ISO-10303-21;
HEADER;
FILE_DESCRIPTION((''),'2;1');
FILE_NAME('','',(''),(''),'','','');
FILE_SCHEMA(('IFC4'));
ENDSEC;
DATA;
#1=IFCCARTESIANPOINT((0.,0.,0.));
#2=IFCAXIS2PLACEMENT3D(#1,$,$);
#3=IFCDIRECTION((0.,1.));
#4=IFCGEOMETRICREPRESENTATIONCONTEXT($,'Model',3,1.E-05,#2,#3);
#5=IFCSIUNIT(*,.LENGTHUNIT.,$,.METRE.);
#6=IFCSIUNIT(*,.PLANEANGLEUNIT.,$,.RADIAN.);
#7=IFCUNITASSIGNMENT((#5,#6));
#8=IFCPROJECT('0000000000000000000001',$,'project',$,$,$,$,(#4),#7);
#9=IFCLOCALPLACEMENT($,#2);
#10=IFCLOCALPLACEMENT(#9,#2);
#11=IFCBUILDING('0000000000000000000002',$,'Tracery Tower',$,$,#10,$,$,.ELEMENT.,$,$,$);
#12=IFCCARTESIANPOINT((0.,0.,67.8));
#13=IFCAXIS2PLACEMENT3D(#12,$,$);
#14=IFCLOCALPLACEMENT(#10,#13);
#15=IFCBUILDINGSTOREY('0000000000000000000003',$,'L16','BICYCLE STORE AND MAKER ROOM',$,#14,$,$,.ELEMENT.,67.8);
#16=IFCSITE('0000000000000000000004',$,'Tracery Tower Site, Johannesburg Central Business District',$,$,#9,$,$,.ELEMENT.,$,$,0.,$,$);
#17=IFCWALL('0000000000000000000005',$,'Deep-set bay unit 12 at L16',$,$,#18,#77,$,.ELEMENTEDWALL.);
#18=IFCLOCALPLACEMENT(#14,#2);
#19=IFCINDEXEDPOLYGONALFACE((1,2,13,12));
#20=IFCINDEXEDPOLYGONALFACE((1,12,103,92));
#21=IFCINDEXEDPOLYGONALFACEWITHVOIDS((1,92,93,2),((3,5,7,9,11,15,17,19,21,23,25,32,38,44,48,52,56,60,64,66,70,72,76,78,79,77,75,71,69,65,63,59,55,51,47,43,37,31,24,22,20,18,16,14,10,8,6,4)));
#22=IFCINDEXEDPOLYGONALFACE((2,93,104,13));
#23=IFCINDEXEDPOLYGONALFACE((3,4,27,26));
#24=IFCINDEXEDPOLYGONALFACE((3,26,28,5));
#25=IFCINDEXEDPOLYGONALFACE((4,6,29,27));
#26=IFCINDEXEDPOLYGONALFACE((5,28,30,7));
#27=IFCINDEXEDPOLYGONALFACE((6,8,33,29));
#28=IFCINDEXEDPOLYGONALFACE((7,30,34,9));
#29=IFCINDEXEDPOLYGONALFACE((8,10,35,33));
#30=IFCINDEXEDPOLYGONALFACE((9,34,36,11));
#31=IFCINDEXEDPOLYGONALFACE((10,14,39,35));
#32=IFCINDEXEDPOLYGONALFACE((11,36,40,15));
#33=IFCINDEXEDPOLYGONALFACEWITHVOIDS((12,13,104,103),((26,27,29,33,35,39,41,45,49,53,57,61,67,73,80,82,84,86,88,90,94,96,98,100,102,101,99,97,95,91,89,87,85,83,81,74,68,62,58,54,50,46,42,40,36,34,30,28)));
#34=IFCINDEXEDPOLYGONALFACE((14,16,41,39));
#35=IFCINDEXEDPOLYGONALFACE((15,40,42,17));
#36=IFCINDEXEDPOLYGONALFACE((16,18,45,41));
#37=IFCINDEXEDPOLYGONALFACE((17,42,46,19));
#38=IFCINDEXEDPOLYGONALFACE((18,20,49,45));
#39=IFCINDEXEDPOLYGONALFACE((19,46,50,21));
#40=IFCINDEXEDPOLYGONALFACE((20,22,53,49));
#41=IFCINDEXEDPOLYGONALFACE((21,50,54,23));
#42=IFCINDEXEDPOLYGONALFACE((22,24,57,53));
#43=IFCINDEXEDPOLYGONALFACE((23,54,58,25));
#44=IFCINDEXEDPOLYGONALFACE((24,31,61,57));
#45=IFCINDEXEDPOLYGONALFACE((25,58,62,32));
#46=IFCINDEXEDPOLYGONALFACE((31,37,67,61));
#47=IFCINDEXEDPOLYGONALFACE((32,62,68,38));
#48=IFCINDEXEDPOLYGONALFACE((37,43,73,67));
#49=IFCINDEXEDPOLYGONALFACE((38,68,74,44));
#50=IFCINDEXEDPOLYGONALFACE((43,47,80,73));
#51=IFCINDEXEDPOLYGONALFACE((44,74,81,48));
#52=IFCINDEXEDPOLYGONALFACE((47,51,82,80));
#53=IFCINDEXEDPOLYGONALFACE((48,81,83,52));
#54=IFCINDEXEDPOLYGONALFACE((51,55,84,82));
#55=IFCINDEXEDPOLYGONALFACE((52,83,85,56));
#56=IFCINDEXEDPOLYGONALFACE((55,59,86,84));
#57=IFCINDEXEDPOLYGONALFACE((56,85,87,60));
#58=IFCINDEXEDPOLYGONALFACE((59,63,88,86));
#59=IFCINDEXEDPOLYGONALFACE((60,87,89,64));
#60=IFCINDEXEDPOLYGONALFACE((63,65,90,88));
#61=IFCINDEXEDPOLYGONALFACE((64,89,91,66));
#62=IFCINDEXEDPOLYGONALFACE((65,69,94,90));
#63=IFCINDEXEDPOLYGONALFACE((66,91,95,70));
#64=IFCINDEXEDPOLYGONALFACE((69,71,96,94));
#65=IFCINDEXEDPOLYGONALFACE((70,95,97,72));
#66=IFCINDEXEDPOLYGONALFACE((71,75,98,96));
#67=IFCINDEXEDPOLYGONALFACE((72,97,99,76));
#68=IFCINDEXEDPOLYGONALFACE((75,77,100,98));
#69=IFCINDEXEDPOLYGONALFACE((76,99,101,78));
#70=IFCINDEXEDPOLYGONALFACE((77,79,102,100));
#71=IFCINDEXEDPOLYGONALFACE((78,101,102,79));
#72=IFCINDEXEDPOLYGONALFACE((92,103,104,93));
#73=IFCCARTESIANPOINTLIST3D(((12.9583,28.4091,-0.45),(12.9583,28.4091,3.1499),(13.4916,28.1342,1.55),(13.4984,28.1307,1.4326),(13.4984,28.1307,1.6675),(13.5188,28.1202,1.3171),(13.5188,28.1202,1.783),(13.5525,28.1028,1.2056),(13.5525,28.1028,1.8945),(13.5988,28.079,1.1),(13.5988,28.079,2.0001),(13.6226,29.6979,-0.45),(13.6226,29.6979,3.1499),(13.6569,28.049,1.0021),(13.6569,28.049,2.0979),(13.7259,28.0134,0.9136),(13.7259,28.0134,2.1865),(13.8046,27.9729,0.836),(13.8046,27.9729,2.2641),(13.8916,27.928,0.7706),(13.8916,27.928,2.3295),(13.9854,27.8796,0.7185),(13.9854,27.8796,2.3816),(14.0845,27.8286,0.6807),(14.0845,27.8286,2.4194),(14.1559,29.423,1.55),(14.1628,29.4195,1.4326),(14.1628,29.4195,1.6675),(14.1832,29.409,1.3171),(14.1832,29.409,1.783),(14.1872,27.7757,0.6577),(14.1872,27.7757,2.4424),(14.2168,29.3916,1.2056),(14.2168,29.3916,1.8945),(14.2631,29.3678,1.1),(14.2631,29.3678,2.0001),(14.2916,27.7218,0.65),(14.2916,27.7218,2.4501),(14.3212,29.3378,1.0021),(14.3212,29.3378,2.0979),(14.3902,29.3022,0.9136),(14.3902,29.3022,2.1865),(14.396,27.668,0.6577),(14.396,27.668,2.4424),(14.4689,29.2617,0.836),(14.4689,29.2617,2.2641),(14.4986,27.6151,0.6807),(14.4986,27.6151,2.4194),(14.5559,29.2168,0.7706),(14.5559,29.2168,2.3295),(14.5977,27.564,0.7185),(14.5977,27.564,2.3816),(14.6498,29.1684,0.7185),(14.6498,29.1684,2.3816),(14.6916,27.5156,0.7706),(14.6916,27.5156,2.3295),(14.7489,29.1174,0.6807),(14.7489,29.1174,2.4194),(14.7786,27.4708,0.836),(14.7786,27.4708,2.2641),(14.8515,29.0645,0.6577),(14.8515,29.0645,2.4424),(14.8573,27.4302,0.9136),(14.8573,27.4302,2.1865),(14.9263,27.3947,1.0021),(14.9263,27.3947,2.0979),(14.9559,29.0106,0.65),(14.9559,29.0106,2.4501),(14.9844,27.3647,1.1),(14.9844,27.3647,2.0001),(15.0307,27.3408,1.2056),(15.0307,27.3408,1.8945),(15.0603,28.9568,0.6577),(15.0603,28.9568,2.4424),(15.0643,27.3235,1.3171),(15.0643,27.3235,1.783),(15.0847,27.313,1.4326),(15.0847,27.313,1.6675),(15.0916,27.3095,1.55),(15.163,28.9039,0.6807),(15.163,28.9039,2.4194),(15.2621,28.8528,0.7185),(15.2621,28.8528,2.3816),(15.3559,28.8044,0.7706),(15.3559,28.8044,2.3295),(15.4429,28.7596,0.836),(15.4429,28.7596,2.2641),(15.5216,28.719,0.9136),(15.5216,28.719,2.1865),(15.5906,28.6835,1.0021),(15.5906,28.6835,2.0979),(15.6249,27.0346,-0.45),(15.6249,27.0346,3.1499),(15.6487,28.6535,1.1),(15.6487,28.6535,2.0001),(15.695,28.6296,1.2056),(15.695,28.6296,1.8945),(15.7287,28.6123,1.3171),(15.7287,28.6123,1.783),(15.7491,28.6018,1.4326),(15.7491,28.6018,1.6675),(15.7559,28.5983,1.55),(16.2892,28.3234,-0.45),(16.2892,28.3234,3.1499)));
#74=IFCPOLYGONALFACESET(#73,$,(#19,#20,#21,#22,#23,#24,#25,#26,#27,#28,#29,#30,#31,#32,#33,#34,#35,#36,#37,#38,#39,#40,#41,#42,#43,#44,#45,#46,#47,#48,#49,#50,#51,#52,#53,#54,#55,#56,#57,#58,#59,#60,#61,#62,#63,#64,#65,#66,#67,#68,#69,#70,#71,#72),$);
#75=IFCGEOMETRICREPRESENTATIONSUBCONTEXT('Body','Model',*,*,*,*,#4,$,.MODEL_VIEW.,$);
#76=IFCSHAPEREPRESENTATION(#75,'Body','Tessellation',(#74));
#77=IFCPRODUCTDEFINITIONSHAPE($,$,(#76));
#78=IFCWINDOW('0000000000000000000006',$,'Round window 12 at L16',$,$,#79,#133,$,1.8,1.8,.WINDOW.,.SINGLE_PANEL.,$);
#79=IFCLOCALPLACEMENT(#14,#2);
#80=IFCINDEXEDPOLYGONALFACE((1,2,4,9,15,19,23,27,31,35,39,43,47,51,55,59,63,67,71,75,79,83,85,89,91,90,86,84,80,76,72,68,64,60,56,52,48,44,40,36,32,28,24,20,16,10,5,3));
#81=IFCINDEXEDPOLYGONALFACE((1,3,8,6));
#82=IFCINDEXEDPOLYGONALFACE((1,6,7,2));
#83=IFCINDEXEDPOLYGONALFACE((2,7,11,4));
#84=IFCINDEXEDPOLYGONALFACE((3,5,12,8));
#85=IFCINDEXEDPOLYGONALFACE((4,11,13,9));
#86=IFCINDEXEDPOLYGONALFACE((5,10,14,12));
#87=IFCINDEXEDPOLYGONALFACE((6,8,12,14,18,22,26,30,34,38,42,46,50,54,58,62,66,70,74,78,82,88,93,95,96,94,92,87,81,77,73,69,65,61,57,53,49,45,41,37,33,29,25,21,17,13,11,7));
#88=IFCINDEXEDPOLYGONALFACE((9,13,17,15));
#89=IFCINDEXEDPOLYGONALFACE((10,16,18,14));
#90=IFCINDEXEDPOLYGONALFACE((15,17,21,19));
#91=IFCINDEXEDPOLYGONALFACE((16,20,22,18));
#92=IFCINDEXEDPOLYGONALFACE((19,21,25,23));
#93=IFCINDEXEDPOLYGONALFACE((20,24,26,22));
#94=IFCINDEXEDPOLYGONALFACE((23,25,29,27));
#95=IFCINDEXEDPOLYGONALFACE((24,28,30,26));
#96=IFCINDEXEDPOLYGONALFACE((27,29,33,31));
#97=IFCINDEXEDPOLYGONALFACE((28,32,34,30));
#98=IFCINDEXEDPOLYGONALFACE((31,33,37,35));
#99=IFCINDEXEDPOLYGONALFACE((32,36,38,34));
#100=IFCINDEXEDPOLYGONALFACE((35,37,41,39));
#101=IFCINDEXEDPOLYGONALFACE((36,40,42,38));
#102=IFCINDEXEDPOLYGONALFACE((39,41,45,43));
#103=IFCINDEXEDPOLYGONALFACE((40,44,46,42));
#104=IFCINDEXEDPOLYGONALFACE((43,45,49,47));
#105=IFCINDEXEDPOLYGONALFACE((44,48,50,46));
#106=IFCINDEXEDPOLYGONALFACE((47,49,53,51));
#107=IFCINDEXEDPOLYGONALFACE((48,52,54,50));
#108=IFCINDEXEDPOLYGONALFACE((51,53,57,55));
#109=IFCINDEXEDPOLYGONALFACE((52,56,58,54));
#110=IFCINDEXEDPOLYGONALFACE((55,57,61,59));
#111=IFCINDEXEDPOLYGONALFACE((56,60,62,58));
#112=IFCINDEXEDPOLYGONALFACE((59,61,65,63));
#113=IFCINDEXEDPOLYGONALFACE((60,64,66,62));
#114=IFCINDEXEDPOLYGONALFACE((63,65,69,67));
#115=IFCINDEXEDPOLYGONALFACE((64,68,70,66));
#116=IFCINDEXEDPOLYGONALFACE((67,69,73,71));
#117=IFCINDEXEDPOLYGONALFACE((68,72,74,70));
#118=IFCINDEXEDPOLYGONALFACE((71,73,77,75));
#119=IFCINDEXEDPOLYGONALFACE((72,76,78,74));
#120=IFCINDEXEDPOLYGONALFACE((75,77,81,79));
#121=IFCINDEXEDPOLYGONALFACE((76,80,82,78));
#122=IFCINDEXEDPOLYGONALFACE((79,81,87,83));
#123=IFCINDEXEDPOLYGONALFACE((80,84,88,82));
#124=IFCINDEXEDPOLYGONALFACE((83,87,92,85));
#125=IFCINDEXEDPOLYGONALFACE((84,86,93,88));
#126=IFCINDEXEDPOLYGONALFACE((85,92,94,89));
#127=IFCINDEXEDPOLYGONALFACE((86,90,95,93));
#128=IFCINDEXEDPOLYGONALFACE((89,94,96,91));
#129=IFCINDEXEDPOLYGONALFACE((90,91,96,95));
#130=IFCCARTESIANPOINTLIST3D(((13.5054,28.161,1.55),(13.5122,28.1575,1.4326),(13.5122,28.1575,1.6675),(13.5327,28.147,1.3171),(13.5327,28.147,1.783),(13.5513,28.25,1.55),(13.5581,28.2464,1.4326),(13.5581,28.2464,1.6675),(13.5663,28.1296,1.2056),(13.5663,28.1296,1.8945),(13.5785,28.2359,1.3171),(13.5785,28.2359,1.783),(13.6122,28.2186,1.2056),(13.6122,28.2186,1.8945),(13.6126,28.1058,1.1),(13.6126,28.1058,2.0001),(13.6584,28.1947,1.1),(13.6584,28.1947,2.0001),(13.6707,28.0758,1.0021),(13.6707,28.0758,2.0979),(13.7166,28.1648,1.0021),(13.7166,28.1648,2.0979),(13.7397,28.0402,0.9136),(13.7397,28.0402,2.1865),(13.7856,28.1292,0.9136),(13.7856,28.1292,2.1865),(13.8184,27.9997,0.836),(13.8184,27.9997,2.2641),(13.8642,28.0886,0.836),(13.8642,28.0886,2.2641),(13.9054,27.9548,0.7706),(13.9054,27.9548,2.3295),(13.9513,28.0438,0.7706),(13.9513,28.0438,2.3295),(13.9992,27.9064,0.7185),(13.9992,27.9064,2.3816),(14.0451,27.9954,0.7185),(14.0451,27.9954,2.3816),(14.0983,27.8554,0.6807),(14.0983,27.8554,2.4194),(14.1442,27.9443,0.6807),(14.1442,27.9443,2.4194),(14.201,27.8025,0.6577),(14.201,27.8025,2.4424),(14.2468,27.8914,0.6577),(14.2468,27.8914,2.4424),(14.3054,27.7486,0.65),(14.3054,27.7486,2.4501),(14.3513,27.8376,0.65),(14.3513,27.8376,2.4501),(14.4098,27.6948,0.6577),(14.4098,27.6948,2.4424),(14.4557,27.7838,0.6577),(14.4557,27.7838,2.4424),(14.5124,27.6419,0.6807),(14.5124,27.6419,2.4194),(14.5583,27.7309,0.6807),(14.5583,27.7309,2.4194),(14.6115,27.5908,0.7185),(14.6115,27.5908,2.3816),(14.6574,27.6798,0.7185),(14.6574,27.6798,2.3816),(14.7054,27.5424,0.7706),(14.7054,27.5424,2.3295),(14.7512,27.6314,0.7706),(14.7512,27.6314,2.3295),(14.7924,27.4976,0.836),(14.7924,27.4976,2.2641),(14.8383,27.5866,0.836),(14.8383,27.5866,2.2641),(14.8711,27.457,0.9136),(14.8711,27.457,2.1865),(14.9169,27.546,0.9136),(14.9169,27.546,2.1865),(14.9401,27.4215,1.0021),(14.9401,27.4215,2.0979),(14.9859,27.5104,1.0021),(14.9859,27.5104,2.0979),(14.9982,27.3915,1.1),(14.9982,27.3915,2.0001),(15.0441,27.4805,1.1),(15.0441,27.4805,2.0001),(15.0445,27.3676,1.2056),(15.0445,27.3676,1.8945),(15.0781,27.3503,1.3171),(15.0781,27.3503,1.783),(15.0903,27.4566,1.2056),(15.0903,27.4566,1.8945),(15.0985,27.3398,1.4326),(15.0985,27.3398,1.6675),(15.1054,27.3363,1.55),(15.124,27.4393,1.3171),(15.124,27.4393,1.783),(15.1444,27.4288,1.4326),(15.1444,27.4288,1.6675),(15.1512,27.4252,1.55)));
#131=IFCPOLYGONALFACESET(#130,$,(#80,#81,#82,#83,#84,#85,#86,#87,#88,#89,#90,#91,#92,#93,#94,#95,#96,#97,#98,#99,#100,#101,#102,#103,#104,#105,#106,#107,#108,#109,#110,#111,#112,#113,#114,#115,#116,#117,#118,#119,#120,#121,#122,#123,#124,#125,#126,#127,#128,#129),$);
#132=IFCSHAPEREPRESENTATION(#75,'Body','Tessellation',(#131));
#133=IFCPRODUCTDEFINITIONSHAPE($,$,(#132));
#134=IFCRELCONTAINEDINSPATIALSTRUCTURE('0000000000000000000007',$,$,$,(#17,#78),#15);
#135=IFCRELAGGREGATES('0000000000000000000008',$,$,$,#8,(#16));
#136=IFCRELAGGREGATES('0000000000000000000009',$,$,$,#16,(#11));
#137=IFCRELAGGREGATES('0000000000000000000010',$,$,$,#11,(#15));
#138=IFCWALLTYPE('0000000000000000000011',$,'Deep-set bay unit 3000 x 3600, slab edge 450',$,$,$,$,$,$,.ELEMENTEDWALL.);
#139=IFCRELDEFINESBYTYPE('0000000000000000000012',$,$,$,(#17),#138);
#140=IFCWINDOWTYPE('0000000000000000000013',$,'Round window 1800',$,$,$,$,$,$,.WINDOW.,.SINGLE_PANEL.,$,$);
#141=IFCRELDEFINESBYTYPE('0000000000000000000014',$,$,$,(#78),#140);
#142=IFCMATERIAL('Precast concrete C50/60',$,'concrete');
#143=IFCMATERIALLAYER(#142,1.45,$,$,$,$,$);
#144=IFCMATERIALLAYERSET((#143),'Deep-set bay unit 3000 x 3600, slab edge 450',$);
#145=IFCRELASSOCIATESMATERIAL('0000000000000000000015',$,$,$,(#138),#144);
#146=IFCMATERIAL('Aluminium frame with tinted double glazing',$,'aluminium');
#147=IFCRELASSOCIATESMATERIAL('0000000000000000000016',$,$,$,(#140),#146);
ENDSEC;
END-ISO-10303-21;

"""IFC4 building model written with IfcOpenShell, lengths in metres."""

from ifc_helpers import new_model, si_unit, direction, frame, frame_2d, origin, origin_2d, place, context, subcontext, project, spatial, rectangle, circle, extrude, material, layer, layer_set, type_object, element, fill, save


model = new_model("IFC4")

# Units and contexts
model_context = context("Model", 3, precision=1e-05, world=origin(), true_north=direction((0.0, 1.0)))
body_context = subcontext(model_context, "Body", "Model", "MODEL_VIEW")
ifc_project = project(units=[si_unit("LENGTHUNIT", "METRE"), si_unit("PLANEANGLEUNIT", "RADIAN")], contexts=[model_context])

# Site, building, storey
site_placement = place(None, origin())
site = spatial("IfcSite", under=ifc_project, at=site_placement, Name="Tracery Tower Site, Johannesburg Central Business District", CompositionType="ELEMENT", RefElevation=0.0)
building_placement = place(site_placement, origin())
building = spatial("IfcBuilding", under=site, at=building_placement, Name="Tracery Tower", CompositionType="ELEMENT")
storey_placement = place(building_placement, frame((0.0, 0.0, 67.8)))
storey = spatial("IfcBuildingStorey", under=building, at=storey_placement, Name="L16", Description="BICYCLE STORE AND MAKER ROOM", CompositionType="ELEMENT", Elevation=67.8)

# Wall, opening, window
ifc_material_1 = material(Name="Precast concrete C50/60", Category="concrete")
ifc_layer_1 = layer(ifc_material_1, 1.45)
ifc_layer_set_1 = layer_set([ifc_layer_1], Name="Deep-set bay unit 3000 x 3600, slab edge 450")
wall_type_1 = type_object("IfcWallType", Name="Deep-set bay unit 3000 x 3600, slab edge 450", PredefinedType="ELEMENTEDWALL", material=ifc_layer_set_1)
ifc_material_2 = material(Name="Aluminium frame with tinted double glazing", Category="aluminium")
window_type = type_object("IfcWindowType", Name="Round window 1800", PartitioningType="SINGLE_PANEL", PredefinedType="WINDOW", material=ifc_material_2)
wall_1_placement = place(storey_placement, frame((15.957, 27.679, -0.45), z_axis=(0.0, 0.0, 1.0), x_axis=(-0.888858, 0.458183, 0.0)))
wall_1 = element("IfcWall", 1, at=wall_1_placement, inside=storey, type_object=wall_type_1, Name="Deep-set bay unit 12 at L16", PredefinedType="ELEMENTEDWALL", context=body_context, shape_type="SweptSolid", body=[
    extrude(rectangle(XDim=3.0, YDim=1.45, at=frame_2d((1.5, 0.0))), origin(), (0.0, 0.0, 1.0), 3.5999),
])
opening_1_placement = place(wall_1_placement, frame((1.5, 0.0, 2.0)))
opening_1 = element("IfcOpeningElement", 2, at=opening_1_placement, cuts=wall_1, PredefinedType="OPENING", context=body_context, shape_type="SweptSolid", body=[
    extrude(circle(Radius=0.9, at=origin_2d()), frame((0.0, 0.7349, 0.0), z_axis=(0.0, -1.0, 0.0), x_axis=(1.0, 0.0, 0.0)), (0.0, 0.0, 1.0), 1.47),
])
window_1_placement = place(opening_1_placement, origin())
window_1 = element("IfcWindow", 3, at=window_1_placement, inside=storey, type_object=window_type, Name="Round window 12 at L16", OverallHeight=1.8, OverallWidth=1.8, PartitioningType="SINGLE_PANEL", PredefinedType="WINDOW", context=body_context, shape_type="SweptSolid", body=[
    extrude(circle(Radius=0.9, at=origin_2d()), frame((0.0, 0.6948, 0.0), z_axis=(0.0, -1.0, 0.0), x_axis=(1.0, 0.0, 0.0)), (0.0, 0.0, 1.0), 0.1001),
])
fill(opening_1, window_1)

save(model, "model.ifc")
